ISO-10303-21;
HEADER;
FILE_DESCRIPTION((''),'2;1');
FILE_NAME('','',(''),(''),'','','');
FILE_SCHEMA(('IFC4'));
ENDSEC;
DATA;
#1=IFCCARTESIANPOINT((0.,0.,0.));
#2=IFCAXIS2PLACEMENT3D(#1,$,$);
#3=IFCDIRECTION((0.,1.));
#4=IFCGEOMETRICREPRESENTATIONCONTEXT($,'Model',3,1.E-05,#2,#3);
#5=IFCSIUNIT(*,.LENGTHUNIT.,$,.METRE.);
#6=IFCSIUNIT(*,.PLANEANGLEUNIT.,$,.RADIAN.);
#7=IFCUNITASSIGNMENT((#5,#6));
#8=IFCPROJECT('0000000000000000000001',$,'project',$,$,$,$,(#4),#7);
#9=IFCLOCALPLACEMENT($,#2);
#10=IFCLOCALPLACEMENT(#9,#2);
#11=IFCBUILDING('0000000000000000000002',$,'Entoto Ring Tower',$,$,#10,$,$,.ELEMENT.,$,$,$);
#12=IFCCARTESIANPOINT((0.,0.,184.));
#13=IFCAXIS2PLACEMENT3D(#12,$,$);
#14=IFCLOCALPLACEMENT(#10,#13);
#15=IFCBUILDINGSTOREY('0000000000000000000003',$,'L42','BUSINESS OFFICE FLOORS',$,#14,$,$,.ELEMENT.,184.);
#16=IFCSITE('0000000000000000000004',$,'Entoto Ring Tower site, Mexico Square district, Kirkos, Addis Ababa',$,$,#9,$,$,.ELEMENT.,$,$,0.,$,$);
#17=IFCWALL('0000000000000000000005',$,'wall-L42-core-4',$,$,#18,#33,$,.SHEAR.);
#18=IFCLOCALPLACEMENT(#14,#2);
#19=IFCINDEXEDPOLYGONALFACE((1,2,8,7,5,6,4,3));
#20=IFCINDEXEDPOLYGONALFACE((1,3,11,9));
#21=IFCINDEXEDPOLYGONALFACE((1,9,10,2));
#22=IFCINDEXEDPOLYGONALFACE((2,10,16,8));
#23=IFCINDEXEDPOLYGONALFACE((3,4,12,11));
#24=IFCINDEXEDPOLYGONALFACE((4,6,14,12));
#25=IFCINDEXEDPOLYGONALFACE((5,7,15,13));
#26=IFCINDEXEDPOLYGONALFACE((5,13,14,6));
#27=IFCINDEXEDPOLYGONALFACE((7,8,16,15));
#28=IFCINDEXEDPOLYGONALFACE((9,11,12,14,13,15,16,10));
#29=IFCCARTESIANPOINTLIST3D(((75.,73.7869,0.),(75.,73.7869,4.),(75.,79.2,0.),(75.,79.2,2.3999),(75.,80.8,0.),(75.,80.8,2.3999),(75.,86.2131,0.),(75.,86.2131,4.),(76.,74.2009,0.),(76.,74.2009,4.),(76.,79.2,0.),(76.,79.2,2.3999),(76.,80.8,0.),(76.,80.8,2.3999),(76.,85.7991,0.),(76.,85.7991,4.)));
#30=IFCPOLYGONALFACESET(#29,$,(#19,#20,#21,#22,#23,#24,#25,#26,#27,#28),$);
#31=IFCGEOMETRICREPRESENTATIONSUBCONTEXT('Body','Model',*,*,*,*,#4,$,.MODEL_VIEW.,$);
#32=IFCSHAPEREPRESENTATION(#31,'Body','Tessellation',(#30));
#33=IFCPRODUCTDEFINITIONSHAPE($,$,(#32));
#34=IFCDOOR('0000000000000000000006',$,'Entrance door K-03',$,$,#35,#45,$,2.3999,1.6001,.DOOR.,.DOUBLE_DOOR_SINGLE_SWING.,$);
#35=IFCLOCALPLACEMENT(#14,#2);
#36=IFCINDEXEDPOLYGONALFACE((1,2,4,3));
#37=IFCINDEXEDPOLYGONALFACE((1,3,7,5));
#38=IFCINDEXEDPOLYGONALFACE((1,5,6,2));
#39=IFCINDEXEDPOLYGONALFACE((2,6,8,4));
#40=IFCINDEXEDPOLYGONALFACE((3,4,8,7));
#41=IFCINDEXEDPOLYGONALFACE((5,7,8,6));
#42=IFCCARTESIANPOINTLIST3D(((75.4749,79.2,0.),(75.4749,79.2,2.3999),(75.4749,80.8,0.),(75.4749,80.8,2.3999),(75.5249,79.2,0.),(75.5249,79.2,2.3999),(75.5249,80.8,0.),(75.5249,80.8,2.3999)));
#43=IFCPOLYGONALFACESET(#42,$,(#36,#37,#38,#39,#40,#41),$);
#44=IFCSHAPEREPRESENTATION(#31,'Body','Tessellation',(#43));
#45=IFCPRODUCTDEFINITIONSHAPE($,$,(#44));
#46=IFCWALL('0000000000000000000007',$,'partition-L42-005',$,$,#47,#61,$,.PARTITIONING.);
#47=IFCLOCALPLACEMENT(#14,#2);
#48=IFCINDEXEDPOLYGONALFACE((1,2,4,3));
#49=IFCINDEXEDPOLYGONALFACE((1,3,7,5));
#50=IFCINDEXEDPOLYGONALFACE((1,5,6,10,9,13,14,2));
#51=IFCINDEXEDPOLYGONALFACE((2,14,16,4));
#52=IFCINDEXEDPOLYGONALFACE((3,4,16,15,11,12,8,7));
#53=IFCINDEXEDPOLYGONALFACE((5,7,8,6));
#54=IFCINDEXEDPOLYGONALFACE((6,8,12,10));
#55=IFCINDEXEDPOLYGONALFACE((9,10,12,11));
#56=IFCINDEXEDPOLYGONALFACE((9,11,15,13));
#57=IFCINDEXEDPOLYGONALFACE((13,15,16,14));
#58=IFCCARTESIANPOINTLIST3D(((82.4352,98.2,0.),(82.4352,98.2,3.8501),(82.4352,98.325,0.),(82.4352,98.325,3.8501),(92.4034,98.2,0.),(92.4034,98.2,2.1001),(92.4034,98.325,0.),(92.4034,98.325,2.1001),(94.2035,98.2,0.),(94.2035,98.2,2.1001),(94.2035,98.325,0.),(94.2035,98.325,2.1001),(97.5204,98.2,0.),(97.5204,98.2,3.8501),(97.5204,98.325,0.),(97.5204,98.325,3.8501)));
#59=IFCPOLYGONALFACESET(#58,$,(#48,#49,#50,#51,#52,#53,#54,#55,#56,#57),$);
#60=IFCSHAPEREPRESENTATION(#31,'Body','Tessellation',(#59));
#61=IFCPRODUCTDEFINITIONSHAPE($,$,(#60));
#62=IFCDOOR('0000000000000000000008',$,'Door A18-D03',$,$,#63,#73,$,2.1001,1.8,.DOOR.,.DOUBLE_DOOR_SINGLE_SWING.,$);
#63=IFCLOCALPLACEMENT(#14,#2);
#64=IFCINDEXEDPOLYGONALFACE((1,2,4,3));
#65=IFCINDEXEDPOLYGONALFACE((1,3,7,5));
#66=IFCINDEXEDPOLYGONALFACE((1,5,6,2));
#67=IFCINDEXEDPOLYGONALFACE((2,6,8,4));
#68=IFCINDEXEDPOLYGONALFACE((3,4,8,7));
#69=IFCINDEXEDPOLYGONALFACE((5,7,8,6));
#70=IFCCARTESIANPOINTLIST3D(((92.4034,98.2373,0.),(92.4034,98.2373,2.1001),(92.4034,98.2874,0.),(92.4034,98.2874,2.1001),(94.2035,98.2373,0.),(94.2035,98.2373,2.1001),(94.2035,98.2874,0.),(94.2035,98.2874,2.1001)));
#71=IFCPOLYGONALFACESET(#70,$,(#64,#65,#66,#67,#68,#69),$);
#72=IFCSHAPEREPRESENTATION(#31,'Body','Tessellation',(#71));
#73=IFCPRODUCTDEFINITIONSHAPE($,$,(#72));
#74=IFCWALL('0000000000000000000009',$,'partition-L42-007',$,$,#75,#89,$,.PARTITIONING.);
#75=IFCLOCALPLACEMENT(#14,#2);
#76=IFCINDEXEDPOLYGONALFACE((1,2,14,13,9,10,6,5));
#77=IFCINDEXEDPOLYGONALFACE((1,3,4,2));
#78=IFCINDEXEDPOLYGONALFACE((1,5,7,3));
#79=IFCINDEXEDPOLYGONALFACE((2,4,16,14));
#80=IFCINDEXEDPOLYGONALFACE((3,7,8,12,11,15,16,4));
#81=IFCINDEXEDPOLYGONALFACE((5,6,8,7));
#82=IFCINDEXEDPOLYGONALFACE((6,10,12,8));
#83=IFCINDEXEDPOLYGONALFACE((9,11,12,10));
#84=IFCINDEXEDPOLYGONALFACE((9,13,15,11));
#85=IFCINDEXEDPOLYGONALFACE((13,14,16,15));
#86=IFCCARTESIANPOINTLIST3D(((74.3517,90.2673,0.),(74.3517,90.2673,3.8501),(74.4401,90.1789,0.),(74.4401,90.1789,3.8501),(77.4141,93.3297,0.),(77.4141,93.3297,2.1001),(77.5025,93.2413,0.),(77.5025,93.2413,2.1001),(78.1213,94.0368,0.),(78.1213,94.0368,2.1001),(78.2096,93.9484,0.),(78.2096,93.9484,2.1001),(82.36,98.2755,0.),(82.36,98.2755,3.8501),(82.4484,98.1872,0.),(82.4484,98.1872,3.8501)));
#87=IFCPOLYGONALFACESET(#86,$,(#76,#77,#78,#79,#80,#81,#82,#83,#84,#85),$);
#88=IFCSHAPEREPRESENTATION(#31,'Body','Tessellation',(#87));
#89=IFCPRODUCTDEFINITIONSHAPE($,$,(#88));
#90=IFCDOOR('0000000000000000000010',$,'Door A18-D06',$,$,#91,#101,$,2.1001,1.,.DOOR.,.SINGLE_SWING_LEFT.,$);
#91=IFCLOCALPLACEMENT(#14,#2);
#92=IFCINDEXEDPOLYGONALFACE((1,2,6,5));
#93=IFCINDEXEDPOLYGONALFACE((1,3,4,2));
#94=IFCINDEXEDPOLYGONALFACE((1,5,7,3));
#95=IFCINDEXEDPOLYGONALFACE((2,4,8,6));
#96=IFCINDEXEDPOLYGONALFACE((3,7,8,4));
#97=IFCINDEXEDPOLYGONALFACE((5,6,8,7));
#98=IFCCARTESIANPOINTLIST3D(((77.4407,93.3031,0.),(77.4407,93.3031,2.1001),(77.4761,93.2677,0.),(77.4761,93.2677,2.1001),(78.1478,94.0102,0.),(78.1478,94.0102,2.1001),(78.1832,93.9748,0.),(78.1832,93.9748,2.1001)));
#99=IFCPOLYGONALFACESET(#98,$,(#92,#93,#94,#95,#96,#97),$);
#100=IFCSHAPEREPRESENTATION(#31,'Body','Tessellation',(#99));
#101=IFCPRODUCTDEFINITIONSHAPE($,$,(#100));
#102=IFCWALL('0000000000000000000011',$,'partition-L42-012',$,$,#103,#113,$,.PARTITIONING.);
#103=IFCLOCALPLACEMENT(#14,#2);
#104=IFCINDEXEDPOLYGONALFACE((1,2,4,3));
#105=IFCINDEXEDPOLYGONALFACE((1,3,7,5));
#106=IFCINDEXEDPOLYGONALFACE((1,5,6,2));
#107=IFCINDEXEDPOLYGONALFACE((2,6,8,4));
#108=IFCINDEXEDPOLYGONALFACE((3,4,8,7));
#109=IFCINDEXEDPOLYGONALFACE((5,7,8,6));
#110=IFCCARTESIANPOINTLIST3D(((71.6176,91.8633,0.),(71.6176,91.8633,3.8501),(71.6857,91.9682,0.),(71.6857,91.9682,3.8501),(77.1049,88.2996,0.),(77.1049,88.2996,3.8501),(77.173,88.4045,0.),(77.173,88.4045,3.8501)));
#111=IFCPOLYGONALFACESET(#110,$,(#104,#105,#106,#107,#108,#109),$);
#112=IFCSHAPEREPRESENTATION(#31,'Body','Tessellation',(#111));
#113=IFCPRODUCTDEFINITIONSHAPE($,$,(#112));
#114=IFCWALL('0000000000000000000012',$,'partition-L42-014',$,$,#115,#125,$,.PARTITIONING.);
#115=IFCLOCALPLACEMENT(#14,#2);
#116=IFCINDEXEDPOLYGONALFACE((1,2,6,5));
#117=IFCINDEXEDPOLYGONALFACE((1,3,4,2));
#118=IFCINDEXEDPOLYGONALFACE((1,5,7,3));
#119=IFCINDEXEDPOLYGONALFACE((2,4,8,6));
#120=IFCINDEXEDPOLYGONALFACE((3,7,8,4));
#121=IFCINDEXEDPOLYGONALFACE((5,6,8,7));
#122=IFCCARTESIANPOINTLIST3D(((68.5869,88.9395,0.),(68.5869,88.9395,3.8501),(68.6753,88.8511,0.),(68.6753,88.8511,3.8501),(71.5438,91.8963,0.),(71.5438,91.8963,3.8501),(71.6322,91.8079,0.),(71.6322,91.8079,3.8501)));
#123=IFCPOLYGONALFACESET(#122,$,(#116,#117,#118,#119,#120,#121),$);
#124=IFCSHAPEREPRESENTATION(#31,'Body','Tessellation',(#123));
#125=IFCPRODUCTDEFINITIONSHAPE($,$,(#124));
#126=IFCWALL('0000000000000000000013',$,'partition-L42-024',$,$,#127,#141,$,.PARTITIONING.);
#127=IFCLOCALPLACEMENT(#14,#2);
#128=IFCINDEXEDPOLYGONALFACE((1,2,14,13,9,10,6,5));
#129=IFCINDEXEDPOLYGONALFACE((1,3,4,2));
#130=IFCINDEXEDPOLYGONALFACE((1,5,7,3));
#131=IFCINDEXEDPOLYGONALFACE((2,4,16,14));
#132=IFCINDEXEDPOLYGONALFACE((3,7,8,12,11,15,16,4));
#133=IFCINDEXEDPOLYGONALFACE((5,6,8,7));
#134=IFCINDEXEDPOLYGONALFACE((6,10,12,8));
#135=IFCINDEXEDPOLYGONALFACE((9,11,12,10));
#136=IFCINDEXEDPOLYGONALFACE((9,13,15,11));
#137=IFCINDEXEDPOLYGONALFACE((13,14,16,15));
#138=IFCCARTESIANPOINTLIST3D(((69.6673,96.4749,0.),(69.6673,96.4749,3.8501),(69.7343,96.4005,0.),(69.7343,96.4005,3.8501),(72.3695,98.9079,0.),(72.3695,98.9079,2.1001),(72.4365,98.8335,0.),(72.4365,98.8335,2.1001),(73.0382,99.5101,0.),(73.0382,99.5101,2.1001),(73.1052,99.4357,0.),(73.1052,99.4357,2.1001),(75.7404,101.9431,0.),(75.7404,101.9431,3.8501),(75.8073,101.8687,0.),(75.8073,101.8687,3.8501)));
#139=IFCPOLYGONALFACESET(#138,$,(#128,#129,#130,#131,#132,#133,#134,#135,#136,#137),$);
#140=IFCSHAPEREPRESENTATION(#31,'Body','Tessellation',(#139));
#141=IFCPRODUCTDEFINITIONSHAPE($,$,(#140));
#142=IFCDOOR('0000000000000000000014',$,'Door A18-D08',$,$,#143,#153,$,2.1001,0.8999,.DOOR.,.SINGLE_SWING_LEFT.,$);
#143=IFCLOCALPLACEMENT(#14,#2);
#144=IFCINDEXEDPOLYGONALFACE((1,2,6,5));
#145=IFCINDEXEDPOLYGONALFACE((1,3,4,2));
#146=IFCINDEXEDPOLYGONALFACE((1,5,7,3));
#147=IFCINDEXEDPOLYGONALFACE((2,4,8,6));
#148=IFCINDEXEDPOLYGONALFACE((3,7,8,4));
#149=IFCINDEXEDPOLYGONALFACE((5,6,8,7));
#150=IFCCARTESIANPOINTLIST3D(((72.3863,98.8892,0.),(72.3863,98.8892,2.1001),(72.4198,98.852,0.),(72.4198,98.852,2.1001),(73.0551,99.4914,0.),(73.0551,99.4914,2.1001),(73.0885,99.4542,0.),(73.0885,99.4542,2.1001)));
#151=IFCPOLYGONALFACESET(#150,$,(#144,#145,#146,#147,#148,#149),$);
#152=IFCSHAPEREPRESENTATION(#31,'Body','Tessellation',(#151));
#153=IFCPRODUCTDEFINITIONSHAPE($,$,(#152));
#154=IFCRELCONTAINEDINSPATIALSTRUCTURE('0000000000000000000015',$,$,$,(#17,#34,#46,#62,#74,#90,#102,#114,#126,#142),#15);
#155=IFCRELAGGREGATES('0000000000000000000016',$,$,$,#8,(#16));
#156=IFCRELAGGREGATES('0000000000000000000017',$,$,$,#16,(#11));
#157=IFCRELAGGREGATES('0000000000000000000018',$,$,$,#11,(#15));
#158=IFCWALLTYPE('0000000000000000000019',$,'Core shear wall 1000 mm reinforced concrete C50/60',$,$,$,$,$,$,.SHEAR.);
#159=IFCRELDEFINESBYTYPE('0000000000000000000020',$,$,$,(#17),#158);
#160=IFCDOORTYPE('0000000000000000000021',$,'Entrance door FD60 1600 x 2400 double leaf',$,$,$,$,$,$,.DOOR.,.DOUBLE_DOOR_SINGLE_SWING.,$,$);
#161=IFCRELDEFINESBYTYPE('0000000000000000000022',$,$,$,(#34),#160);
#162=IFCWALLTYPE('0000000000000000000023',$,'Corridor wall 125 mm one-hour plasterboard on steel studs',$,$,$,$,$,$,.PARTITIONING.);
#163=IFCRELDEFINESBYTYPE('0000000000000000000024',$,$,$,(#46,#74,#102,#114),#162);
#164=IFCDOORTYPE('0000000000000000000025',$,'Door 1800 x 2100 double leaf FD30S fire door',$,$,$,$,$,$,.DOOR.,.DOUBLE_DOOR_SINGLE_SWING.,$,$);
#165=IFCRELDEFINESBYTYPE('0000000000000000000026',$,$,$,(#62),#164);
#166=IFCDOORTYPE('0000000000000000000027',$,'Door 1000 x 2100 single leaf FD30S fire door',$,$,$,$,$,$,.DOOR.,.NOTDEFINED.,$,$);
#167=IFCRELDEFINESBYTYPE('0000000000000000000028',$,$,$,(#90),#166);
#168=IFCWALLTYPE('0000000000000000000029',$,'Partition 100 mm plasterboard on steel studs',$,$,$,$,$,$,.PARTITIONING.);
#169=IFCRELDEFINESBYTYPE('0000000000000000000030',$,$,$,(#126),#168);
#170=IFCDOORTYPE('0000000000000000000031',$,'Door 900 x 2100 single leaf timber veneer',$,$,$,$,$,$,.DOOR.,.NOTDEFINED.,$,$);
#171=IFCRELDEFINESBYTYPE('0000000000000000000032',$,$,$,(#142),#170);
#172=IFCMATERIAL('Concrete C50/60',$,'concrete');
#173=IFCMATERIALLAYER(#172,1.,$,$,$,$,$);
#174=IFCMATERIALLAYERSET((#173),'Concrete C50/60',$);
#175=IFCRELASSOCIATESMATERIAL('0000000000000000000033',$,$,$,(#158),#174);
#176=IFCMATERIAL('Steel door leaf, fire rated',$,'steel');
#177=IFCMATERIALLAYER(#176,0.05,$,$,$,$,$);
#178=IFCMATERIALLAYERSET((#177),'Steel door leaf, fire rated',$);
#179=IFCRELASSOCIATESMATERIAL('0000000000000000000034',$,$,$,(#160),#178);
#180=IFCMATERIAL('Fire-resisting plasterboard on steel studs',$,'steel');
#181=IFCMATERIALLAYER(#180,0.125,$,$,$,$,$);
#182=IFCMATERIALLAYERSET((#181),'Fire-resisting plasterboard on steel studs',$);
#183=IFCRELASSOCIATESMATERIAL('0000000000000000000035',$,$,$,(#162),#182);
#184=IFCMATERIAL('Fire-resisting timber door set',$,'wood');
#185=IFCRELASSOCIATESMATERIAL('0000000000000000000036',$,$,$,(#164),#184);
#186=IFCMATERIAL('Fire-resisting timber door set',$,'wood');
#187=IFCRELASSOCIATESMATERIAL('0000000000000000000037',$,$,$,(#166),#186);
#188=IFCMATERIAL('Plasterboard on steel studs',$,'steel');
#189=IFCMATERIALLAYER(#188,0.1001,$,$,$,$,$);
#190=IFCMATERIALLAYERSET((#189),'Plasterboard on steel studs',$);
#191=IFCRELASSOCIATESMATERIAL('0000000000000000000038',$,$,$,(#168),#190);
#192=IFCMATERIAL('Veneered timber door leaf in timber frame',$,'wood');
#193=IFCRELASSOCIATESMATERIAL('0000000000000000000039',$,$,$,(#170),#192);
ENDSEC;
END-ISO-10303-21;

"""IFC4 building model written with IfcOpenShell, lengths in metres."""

from ifc_helpers import new_model, si_unit, direction, frame, frame_2d, origin, place, context, subcontext, project, spatial, polyline, rectangle, outline, extrude, material, layer, layer_set, type_object, element, fill, save


model = new_model("IFC4")

# Units and contexts
model_context = context("Model", 3, precision=1e-05, world=origin(), true_north=direction((0.0, 1.0)))
body_context = subcontext(model_context, "Body", "Model", "MODEL_VIEW")
ifc_project = project(units=[si_unit("LENGTHUNIT", "METRE"), si_unit("PLANEANGLEUNIT", "RADIAN")], contexts=[model_context])

# Site, building, storey
site_placement = place(None, origin())
site = spatial("IfcSite", under=ifc_project, at=site_placement, Name="Entoto Ring Tower site, Mexico Square district, Kirkos, Addis Ababa", CompositionType="ELEMENT", RefElevation=0.0)
building_placement = place(site_placement, origin())
building = spatial("IfcBuilding", under=site, at=building_placement, Name="Entoto Ring Tower", CompositionType="ELEMENT")
storey_placement = place(building_placement, frame((0.0, 0.0, 184.0)))
storey = spatial("IfcBuildingStorey", under=building, at=storey_placement, Name="L42", Description="BUSINESS OFFICE FLOORS", CompositionType="ELEMENT", Elevation=184.0)

# Shared definitions
ifc_material_1 = material(Name="Concrete C50/60", Category="concrete")
ifc_layer_1 = layer(ifc_material_1, 1.0)
ifc_layer_set_1 = layer_set([ifc_layer_1], Name="Concrete C50/60")
wall_type_1 = type_object("IfcWallType", Name="Core shear wall 1000 mm reinforced concrete C50/60", PredefinedType="SHEAR", material=ifc_layer_set_1)

# Walls, openings, doors
wall_1_placement = place(storey_placement, frame((75.5, 86.0061, 0.0), z_axis=(0.0, 0.0, 1.0), x_axis=(0.0, -1.0, 0.0)))
wall_1 = element("IfcWall", 1, at=wall_1_placement, inside=storey, type_object=wall_type_1, Name="wall-L42-core-4", PredefinedType="SHEAR", context=body_context, shape_type="SweptSolid", body=[
    extrude(outline(polyline([(-0.207, -0.5), (12.2192, -0.5), (11.8052, 0.5), (0.207, 0.5), (-0.207, -0.5)])), origin(), (0.0, 0.0, 1.0), 4.0),
])
opening_1_placement = place(wall_1_placement, frame((5.2061, 0.0, 0.0)))
opening_1 = element("IfcOpeningElement", 2, at=opening_1_placement, cuts=wall_1, PredefinedType="OPENING", context=body_context, shape_type="SweptSolid", body=[
    extrude(rectangle(XDim=1.6001, YDim=2.3999, at=frame_2d((0.8, 1.2))), frame((0.0, 0.51, 0.0), z_axis=(0.0, -1.0, 0.0), x_axis=(1.0, 0.0, 0.0)), (0.0, 0.0, 1.0), 1.02),
])
ifc_material_2 = material(Name="Steel door leaf, fire rated", Category="steel")
ifc_layer_2 = layer(ifc_material_2, 0.05)
ifc_layer_set_2 = layer_set([ifc_layer_2], Name="Steel door leaf, fire rated")
door_type_1 = type_object("IfcDoorType", Name="Entrance door FD60 1600 x 2400 double leaf", OperationType="DOUBLE_DOOR_SINGLE_SWING", PredefinedType="DOOR", material=ifc_layer_set_2)
door_1_placement = place(opening_1_placement, origin())
door_1 = element("IfcDoor", 3, at=door_1_placement, inside=storey, type_object=door_type_1, Name="Entrance door K-03", OperationType="DOUBLE_DOOR_SINGLE_SWING", OverallHeight=2.3999, OverallWidth=1.6001, PredefinedType="DOOR", context=body_context, shape_type="SweptSolid", body=[
    extrude(rectangle(XDim=1.6001, YDim=2.3999, at=frame_2d((0.8, 1.2))), frame((0.0, 0.0249, 0.0), z_axis=(0.0, -1.0, 0.0), x_axis=(1.0, 0.0, 0.0)), (0.0, 0.0, 1.0), 0.05),
])
fill(opening_1, door_1)
ifc_material_3 = material(Name="Fire-resisting plasterboard on steel studs", Category="steel")
ifc_layer_3 = layer(ifc_material_3, 0.125)
ifc_layer_set_3 = layer_set([ifc_layer_3], Name="Fire-resisting plasterboard on steel studs")
wall_type_2 = type_object("IfcWallType", Name="Corridor wall 125 mm one-hour plasterboard on steel studs", PredefinedType="PARTITIONING", material=ifc_layer_set_3)
wall_2_placement = place(storey_placement, frame((82.4353, 98.2625, 0.0), z_axis=(0.0, 0.0, 1.0), x_axis=(1.0, 0.0, 0.0)))
wall_2 = element("IfcWall", 4, at=wall_2_placement, inside=storey, type_object=wall_type_2, Name="partition-L42-005", PredefinedType="PARTITIONING", context=body_context, shape_type="SweptSolid", body=[
    extrude(rectangle(XDim=15.0852, YDim=0.125, at=frame_2d((7.5425, 0.0))), origin(), (0.0, 0.0, 1.0), 3.8501),
])
opening_2_placement = place(wall_2_placement, frame((9.9683, 0.0, 0.0)))
opening_2 = element("IfcOpeningElement", 5, at=opening_2_placement, cuts=wall_2, PredefinedType="OPENING", context=body_context, shape_type="SweptSolid", body=[
    extrude(rectangle(XDim=1.8, YDim=2.1001, at=frame_2d((0.8999, 1.05))), frame((0.0, 0.0725, 0.0), z_axis=(0.0, -1.0, 0.0), x_axis=(1.0, 0.0, 0.0)), (0.0, 0.0, 1.0), 0.145),
])
ifc_material_4 = material(Name="Fire-resisting timber door set", Category="wood")
door_type_2 = type_object("IfcDoorType", Name="Door 1800 x 2100 double leaf FD30S fire door", OperationType="DOUBLE_DOOR_SINGLE_SWING", PredefinedType="DOOR", material=ifc_material_4)
door_2_placement = place(opening_2_placement, origin())
door_2 = element("IfcDoor", 6, at=door_2_placement, inside=storey, type_object=door_type_2, Name="Door A18-D03", OperationType="DOUBLE_DOOR_SINGLE_SWING", OverallHeight=2.1001, OverallWidth=1.8, PredefinedType="DOOR", context=body_context, shape_type="SweptSolid", body=[
    extrude(rectangle(XDim=1.8, YDim=2.1001, at=frame_2d((0.8999, 1.05))), frame((0.0, 0.0249, 0.0), z_axis=(0.0, -1.0, 0.0), x_axis=(1.0, 0.0, 0.0)), (0.0, 0.0, 1.0), 0.05),
])
fill(opening_2, door_2)
wall_3_placement = place(storey_placement, frame((74.396, 90.2231, 0.0), z_axis=(0.0, 0.0, 1.0), x_axis=(0.707107, 0.707107, 0.0)))
wall_3 = element("IfcWall", 7, at=wall_3_placement, inside=storey, type_object=wall_type_2, Name="partition-L42-007", PredefinedType="PARTITIONING", context=body_context, shape_type="SweptSolid", body=[
    extrude(rectangle(XDim=11.3254, YDim=0.125, at=frame_2d((5.6626, 0.0))), origin(), (0.0, 0.0, 1.0), 3.8501),
])
opening_3_placement = place(wall_3_placement, frame((4.3308, 0.0, 0.0)))
opening_3 = element("IfcOpeningElement", 8, at=opening_3_placement, cuts=wall_3, PredefinedType="OPENING", context=body_context, shape_type="SweptSolid", body=[
    extrude(rectangle(XDim=1.0, YDim=2.1001, at=frame_2d((0.5, 1.05))), frame((0.0, 0.0725, 0.0), z_axis=(0.0, -1.0, 0.0), x_axis=(1.0, 0.0, 0.0)), (0.0, 0.0, 1.0), 0.145),
])
ifc_material_5 = material(Name="Fire-resisting timber door set", Category="wood")
door_type_3 = type_object("IfcDoorType", Name="Door 1000 x 2100 single leaf FD30S fire door", OperationType="NOTDEFINED", PredefinedType="DOOR", material=ifc_material_5)
door_3_placement = place(opening_3_placement, origin())
door_3 = element("IfcDoor", 9, at=door_3_placement, inside=storey, type_object=door_type_3, Name="Door A18-D06", OperationType="SINGLE_SWING_LEFT", OverallHeight=2.1001, OverallWidth=1.0, PredefinedType="DOOR", context=body_context, shape_type="SweptSolid", body=[
    extrude(rectangle(XDim=1.0, YDim=2.1001, at=frame_2d((0.5, 1.05))), frame((0.0, 0.0249, 0.0), z_axis=(0.0, -1.0, 0.0), x_axis=(1.0, 0.0, 0.0)), (0.0, 0.0, 1.0), 0.05),
])
fill(opening_3, door_3)

# Walls
wall_4_placement = place(storey_placement, frame((77.1389, 88.3521, 0.0), z_axis=(0.0, 0.0, 1.0), x_axis=(-0.838655, 0.544663, 0.0)))
element("IfcWall", 10, at=wall_4_placement, inside=storey, type_object=wall_type_2, Name="partition-L42-012", PredefinedType="PARTITIONING", context=body_context, shape_type="SweptSolid", body=[
    extrude(rectangle(XDim=6.543, YDim=0.125, at=frame_2d((3.2715, 0.0))), origin(), (0.0, 0.0, 1.0), 3.8501),
])
wall_5_placement = place(storey_placement, frame((68.6311, 88.8953, 0.0), z_axis=(0.0, 0.0, 1.0), x_axis=(0.707107, 0.707107, 0.0)))
element("IfcWall", 11, at=wall_5_placement, inside=storey, type_object=wall_type_2, Name="partition-L42-014", PredefinedType="PARTITIONING", context=body_context, shape_type="SweptSolid", body=[
    extrude(rectangle(XDim=4.1816, YDim=0.125, at=frame_2d((2.0908, 0.0))), origin(), (0.0, 0.0, 1.0), 3.8501),
])

# Wall, opening, door
ifc_material_6 = material(Name="Plasterboard on steel studs", Category="steel")
ifc_layer_4 = layer(ifc_material_6, 0.1001)
ifc_layer_set_4 = layer_set([ifc_layer_4], Name="Plasterboard on steel studs")
wall_type_3 = type_object("IfcWallType", Name="Partition 100 mm plasterboard on steel studs", PredefinedType="PARTITIONING", material=ifc_layer_set_4)
wall_6_placement = place(storey_placement, frame((69.7009, 96.4377, 0.0), z_axis=(0.0, 0.0, 1.0), x_axis=(0.743138, 0.669138, 0.0)))
wall_6 = element("IfcWall", 12, at=wall_6_placement, inside=storey, type_object=wall_type_3, Name="partition-L42-024", PredefinedType="PARTITIONING", context=body_context, shape_type="SweptSolid", body=[
    extrude(rectangle(XDim=8.1721, YDim=0.1001, at=frame_2d((4.0859, 0.0))), origin(), (0.0, 0.0, 1.0), 3.8501),
])
opening_4_placement = place(wall_6_placement, frame((3.636, 0.0, 0.0)))
opening_4 = element("IfcOpeningElement", 13, at=opening_4_placement, cuts=wall_6, PredefinedType="OPENING", context=body_context, shape_type="SweptSolid", body=[
    extrude(rectangle(XDim=0.8999, YDim=2.1001, at=frame_2d((0.45, 1.05))), frame((0.0, 0.0601, 0.0), z_axis=(0.0, -1.0, 0.0), x_axis=(1.0, 0.0, 0.0)), (0.0, 0.0, 1.0), 0.1201),
])
ifc_material_7 = material(Name="Veneered timber door leaf in timber frame", Category="wood")
door_type_4 = type_object("IfcDoorType", Name="Door 900 x 2100 single leaf timber veneer", OperationType="NOTDEFINED", PredefinedType="DOOR", material=ifc_material_7)
door_4_placement = place(opening_4_placement, origin())
door_4 = element("IfcDoor", 14, at=door_4_placement, inside=storey, type_object=door_type_4, Name="Door A18-D08", OperationType="SINGLE_SWING_LEFT", OverallHeight=2.1001, OverallWidth=0.8999, PredefinedType="DOOR", context=body_context, shape_type="SweptSolid", body=[
    extrude(rectangle(XDim=0.8999, YDim=2.1001, at=frame_2d((0.45, 1.05))), frame((0.0, 0.0249, 0.0), z_axis=(0.0, -1.0, 0.0), x_axis=(1.0, 0.0, 0.0)), (0.0, 0.0, 1.0), 0.05),
])
fill(opening_4, door_4)

save(model, "model.ifc")
